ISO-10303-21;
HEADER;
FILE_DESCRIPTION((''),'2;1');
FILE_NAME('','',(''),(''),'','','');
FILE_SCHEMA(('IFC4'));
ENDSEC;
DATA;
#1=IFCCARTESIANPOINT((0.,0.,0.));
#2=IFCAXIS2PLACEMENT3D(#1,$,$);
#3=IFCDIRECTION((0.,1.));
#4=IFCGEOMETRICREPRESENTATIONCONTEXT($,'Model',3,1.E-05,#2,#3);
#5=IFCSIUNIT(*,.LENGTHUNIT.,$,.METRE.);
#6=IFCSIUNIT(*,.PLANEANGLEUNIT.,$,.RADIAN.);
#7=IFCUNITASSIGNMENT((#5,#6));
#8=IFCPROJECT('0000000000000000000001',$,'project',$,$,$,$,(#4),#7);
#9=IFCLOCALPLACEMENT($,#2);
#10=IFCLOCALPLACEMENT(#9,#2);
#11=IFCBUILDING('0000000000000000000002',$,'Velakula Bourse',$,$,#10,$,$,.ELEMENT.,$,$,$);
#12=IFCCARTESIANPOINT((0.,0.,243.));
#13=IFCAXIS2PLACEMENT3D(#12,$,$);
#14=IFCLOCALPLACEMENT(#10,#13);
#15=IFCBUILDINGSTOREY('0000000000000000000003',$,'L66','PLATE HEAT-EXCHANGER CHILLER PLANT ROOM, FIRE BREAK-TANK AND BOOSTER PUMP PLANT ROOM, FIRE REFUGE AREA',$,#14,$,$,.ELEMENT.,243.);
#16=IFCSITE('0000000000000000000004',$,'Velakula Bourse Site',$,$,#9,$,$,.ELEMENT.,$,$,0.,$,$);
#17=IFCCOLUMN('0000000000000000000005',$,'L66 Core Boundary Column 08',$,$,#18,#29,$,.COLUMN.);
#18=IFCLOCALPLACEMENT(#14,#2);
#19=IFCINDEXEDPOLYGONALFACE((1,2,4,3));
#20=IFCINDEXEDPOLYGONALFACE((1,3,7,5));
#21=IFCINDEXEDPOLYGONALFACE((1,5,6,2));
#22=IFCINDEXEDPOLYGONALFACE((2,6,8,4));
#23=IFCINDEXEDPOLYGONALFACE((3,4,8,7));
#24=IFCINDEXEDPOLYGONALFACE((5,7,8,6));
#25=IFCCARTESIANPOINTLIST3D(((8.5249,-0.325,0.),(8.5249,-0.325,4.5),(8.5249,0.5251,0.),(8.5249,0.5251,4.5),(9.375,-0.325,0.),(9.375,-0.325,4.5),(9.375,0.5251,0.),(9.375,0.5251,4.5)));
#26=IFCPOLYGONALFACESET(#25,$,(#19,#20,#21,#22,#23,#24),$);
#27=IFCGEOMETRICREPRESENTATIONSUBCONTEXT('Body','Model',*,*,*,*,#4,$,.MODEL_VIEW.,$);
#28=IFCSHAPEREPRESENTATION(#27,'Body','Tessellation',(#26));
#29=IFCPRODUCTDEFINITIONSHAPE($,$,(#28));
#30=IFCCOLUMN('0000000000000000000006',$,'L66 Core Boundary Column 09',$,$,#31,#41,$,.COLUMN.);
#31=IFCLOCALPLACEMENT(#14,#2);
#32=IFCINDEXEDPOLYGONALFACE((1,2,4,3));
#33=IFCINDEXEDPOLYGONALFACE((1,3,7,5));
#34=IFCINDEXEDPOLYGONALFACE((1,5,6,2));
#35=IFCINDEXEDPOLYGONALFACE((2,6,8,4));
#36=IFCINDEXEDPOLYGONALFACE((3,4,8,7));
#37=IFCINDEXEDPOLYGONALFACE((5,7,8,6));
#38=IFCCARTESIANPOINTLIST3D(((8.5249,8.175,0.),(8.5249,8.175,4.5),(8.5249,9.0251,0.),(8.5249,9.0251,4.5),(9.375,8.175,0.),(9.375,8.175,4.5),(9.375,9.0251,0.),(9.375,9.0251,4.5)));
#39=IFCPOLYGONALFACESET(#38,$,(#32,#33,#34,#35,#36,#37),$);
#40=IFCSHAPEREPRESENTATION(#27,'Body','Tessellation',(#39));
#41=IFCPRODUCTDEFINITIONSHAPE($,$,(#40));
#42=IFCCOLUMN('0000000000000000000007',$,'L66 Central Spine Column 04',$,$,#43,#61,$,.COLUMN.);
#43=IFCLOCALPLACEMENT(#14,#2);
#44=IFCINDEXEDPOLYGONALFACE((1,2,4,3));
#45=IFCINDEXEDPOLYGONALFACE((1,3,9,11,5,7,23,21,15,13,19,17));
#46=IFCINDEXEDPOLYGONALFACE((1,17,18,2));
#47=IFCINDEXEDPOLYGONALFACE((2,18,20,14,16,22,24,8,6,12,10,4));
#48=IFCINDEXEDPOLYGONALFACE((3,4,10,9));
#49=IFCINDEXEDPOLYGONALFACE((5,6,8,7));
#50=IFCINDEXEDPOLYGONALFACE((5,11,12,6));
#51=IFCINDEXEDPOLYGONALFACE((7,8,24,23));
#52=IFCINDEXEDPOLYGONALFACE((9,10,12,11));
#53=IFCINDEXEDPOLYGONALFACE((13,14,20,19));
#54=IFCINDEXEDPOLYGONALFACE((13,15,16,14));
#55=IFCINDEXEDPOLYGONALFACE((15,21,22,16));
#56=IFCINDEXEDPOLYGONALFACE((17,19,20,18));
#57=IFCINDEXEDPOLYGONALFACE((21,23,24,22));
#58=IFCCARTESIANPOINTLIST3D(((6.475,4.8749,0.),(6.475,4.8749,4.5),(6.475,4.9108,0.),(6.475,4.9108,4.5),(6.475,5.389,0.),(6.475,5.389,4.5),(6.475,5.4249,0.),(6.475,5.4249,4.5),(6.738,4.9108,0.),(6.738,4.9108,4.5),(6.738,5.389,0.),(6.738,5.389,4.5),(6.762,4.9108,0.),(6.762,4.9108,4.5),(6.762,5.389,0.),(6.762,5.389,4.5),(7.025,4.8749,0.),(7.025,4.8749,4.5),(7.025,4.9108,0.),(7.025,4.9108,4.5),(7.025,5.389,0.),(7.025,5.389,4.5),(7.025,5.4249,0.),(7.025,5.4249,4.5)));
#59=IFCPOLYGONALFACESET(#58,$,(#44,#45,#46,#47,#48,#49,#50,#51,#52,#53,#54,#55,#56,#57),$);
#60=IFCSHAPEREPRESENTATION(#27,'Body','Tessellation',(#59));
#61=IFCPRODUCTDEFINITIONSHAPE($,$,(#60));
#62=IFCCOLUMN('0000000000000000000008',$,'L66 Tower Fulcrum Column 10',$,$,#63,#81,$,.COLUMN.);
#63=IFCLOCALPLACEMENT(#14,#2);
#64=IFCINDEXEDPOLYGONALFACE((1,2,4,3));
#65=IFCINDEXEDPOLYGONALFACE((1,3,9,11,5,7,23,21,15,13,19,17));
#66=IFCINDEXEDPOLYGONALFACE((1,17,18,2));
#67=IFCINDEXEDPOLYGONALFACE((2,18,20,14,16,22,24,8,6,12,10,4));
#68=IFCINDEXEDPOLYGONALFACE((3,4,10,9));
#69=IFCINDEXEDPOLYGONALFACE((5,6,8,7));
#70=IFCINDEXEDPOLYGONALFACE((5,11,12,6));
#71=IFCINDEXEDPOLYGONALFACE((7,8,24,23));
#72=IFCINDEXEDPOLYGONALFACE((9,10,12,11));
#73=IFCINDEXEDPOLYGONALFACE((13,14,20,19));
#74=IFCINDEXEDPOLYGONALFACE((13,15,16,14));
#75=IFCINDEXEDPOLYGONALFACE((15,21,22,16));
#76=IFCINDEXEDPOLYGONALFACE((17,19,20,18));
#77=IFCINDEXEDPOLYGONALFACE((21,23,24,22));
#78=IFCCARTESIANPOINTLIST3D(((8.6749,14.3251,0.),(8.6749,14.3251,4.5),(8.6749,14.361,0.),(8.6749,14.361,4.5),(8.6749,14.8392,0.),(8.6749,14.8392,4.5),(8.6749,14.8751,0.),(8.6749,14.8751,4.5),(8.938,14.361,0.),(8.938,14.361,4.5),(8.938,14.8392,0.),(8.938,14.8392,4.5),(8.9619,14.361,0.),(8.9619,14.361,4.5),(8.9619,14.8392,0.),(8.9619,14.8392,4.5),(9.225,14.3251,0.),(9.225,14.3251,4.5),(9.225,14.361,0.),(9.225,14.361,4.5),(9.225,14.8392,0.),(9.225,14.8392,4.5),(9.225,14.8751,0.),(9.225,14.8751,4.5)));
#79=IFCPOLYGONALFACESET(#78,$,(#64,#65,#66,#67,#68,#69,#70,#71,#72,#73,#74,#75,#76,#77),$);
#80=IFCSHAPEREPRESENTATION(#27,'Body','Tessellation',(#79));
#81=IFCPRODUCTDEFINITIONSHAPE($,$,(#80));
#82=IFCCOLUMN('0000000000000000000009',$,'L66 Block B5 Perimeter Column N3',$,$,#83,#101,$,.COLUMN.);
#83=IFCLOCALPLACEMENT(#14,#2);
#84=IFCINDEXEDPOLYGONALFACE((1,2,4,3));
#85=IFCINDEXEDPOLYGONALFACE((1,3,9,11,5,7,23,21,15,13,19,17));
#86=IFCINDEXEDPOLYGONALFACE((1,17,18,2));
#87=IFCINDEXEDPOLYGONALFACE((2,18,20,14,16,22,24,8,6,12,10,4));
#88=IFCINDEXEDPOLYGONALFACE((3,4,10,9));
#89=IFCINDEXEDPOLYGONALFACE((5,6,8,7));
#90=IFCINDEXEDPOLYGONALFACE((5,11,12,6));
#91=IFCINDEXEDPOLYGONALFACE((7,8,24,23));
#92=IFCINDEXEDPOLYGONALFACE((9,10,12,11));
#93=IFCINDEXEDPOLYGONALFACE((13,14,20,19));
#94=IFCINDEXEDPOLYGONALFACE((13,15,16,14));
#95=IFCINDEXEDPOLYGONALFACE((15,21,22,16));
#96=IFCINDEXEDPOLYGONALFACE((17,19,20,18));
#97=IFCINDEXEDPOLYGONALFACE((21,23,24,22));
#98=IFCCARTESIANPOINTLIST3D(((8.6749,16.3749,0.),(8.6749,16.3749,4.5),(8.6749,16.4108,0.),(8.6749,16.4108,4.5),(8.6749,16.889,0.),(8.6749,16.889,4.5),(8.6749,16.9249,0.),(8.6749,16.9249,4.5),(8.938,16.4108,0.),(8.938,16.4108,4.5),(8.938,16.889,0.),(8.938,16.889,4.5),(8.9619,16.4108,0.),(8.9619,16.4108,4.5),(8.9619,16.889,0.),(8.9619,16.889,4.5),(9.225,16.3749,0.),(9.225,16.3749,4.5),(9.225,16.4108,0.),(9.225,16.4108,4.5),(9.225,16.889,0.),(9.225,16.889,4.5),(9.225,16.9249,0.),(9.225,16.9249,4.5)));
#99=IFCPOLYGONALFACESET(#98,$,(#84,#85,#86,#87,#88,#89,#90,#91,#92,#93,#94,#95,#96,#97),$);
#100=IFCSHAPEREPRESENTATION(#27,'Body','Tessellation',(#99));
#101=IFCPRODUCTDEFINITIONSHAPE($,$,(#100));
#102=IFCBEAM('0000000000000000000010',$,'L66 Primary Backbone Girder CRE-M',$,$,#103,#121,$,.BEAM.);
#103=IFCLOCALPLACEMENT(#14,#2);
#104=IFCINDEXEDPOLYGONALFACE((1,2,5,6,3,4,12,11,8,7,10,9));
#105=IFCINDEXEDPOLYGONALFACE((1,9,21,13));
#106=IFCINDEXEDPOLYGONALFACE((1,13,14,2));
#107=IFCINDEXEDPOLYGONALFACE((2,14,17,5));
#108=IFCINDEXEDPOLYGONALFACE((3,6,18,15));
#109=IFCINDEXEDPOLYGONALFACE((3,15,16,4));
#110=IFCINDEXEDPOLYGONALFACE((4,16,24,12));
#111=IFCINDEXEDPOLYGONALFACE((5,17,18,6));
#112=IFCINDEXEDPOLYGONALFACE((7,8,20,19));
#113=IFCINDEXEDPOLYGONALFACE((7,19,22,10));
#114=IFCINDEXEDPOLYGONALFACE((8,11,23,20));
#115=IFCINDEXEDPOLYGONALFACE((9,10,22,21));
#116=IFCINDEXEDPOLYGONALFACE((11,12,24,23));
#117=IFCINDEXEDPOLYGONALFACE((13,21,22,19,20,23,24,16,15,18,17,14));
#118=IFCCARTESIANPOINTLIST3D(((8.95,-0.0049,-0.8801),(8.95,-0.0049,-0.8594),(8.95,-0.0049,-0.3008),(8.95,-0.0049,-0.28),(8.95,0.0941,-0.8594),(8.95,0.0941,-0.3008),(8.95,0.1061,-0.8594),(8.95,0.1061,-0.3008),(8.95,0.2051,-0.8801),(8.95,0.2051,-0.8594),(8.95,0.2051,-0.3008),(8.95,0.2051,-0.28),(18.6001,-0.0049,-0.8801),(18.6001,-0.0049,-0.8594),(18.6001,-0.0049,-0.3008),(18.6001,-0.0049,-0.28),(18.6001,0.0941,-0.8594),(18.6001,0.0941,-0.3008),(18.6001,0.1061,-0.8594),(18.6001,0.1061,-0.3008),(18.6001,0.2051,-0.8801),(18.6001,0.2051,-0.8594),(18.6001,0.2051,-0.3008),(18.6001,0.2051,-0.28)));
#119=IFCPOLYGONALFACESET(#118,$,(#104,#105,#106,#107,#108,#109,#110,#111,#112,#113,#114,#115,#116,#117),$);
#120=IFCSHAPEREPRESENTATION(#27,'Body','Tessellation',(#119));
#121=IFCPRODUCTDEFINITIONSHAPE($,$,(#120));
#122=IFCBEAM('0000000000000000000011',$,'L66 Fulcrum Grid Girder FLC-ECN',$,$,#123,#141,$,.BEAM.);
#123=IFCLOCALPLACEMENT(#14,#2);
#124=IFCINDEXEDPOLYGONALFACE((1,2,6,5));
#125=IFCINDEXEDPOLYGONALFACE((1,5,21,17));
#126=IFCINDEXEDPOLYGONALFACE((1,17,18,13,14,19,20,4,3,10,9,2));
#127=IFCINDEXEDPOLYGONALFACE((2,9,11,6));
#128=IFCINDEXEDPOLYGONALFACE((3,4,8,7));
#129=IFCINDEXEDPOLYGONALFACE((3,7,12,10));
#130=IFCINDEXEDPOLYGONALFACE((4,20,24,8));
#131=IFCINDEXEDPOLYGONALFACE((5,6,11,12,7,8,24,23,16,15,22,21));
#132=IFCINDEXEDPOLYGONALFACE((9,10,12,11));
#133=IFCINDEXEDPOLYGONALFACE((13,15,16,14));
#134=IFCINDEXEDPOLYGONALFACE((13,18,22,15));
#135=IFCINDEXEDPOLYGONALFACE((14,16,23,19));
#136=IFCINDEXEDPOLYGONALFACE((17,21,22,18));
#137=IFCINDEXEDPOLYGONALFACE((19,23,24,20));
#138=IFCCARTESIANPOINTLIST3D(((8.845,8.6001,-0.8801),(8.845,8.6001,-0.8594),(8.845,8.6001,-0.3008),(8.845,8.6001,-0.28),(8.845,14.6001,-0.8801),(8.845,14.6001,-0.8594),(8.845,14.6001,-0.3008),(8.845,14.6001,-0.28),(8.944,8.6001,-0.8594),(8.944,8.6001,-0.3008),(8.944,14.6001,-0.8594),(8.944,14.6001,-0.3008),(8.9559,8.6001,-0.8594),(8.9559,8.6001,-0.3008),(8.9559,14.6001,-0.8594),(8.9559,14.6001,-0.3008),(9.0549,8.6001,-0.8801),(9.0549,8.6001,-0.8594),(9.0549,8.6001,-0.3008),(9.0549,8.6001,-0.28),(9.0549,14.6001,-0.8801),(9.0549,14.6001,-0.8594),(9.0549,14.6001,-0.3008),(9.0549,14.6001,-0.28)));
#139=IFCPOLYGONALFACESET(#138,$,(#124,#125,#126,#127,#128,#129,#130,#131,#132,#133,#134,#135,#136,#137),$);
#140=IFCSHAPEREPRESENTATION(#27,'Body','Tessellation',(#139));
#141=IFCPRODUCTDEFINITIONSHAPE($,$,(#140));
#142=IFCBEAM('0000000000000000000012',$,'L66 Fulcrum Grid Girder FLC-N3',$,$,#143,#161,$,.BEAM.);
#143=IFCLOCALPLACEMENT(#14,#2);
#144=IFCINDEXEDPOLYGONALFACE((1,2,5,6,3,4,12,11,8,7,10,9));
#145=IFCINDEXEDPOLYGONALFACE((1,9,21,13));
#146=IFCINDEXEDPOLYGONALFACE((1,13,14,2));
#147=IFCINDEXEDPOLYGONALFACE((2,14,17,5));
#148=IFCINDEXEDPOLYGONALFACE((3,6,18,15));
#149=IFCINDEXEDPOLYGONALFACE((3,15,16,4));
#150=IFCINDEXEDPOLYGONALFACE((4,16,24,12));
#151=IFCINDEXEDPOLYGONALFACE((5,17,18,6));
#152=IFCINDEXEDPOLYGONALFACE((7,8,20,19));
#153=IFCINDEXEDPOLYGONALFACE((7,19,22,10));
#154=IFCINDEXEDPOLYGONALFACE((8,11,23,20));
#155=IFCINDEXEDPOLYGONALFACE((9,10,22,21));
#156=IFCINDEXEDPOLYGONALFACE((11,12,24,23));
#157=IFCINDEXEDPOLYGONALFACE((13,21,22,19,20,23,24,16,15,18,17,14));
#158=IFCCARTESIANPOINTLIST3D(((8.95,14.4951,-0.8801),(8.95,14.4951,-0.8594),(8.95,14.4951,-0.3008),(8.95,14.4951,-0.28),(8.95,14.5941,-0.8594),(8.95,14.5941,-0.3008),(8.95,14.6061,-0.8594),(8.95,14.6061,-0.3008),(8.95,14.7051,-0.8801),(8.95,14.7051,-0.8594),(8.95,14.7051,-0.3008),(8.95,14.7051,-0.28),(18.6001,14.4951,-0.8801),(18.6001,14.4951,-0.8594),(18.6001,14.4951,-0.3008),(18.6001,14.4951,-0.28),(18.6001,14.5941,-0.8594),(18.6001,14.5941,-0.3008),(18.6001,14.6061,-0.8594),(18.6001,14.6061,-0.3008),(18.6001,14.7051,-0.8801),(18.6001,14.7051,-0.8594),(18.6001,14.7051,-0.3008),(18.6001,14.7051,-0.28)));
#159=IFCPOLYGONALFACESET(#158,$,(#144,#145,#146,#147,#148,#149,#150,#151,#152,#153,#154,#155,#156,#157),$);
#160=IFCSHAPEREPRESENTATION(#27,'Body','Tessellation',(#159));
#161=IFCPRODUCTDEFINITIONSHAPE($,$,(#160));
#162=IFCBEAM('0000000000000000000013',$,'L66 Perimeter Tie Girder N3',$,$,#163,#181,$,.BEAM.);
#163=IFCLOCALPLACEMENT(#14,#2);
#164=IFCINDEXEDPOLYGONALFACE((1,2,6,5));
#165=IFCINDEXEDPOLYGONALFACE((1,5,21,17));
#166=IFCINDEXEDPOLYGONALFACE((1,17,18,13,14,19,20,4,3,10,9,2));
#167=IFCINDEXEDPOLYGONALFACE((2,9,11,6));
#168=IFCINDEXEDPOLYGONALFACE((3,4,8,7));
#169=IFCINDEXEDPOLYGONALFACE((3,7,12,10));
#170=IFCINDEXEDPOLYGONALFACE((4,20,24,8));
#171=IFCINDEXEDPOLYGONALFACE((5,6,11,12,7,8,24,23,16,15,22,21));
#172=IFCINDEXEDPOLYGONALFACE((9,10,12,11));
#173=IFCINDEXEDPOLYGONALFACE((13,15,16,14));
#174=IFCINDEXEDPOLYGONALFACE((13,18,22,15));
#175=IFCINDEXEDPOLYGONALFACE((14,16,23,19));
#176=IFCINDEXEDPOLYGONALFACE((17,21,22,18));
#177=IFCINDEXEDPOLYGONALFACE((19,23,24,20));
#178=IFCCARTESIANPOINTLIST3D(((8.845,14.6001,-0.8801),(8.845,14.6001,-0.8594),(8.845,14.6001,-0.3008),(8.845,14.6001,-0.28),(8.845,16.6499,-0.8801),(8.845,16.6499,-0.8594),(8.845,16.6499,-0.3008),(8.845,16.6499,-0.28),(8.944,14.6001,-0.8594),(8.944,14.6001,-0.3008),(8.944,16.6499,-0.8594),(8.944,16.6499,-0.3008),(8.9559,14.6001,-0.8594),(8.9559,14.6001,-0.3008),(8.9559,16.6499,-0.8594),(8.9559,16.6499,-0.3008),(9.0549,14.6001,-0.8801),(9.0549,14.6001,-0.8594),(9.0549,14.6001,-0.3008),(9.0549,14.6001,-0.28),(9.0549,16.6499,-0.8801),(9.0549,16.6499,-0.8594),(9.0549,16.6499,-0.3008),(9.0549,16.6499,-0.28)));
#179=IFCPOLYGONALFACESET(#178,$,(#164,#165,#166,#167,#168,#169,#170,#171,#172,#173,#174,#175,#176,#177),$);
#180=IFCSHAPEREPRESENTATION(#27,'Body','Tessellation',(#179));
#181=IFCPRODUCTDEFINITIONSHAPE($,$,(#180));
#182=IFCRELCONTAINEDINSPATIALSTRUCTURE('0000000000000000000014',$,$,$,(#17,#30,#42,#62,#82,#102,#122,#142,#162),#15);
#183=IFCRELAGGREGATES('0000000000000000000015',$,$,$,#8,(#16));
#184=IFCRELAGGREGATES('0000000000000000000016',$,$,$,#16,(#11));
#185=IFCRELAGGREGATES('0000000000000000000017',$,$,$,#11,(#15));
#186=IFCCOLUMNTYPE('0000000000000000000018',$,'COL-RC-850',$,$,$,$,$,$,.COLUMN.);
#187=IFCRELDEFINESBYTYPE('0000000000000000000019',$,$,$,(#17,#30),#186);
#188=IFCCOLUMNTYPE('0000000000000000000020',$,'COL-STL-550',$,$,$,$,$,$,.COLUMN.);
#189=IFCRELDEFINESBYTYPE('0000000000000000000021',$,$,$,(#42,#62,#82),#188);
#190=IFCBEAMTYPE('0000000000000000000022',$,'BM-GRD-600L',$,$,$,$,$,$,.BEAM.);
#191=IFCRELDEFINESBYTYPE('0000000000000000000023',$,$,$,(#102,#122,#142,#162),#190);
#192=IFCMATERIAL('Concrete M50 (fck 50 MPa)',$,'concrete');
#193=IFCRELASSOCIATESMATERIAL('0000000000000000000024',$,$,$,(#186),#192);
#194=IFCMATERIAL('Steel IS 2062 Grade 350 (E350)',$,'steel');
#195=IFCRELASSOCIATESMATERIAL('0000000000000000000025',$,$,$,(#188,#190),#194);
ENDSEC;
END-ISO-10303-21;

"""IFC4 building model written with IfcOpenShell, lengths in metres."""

from ifc_helpers import new_model, si_unit, direction, frame, origin, origin_2d, place, context, subcontext, project, spatial, rectangle, i_section, extrude, material, material_profile, profile_set, type_object, element, save


model = new_model("IFC4")

# Units and contexts
model_context = context("Model", 3, precision=1e-05, world=origin(), true_north=direction((0.0, 1.0)))
body_context = subcontext(model_context, "Body", "Model", "MODEL_VIEW")
ifc_project = project(units=[si_unit("LENGTHUNIT", "METRE"), si_unit("PLANEANGLEUNIT", "RADIAN")], contexts=[model_context])

# Site, building, storey
site_placement = place(None, origin())
site = spatial("IfcSite", under=ifc_project, at=site_placement, Name="Velakula Bourse Site", CompositionType="ELEMENT", RefElevation=0.0)
building_placement = place(site_placement, origin())
building = spatial("IfcBuilding", under=site, at=building_placement, Name="Velakula Bourse", CompositionType="ELEMENT")
storey_placement = place(building_placement, frame((0.0, 0.0, 243.0)))
storey = spatial("IfcBuildingStorey", under=building, at=storey_placement, Name="L66", Description="PLATE HEAT-EXCHANGER CHILLER PLANT ROOM, FIRE BREAK-TANK AND BOOSTER PUMP PLANT ROOM, FIRE REFUGE AREA", CompositionType="ELEMENT", Elevation=243.0)

# Columns
ifc_material_1 = material(Name="Concrete M50 (fck 50 MPa)", Category="concrete")
ifc_material_profile_1 = material_profile(ifc_material_1, rectangle(XDim=0.8501, YDim=0.8501, at=origin_2d()), Name="Concrete M50 (fck 50 MPa)")
ifc_profile_set_1 = profile_set([ifc_material_profile_1], Name="Concrete M50 (fck 50 MPa)")
column_type_1 = type_object("IfcColumnType", Name="COL-RC-850", PredefinedType="COLUMN", material=ifc_profile_set_1)
for number, where, z_axis, x_axis, name in (
    (1, (8.95, 0.1001, 0.0), (0.0, 0.0, 1.0), (1.0, 0.0, 0.0), "L66 Core Boundary Column 08"),
    (2, (8.95, 8.6001, 0.0), (0.0, 0.0, 1.0), (1.0, 0.0, 0.0), "L66 Core Boundary Column 09"),
):
    element("IfcColumn", number, at=place(storey_placement, frame(where, z_axis=z_axis, x_axis=x_axis)), inside=storey, type_object=column_type_1, Name=name, PredefinedType="COLUMN", context=body_context, shape_type="SweptSolid", body=[
        extrude(rectangle(XDim=0.8501, YDim=0.8501, at=origin_2d()), origin(), (0.0, 0.0, 1.0), 4.5),
    ])
ifc_material_2 = material(Name="Steel IS 2062 Grade 350 (E350)", Category="steel")
ifc_material_profile_2 = material_profile(ifc_material_2, i_section(OverallWidth=0.55, OverallDepth=0.55, WebThickness=0.0239, FlangeThickness=0.0359, at=origin_2d()), Name="Steel IS 2062 Grade 350 (E350)")
ifc_profile_set_2 = profile_set([ifc_material_profile_2], Name="Steel IS 2062 Grade 350 (E350)")
column_type_2 = type_object("IfcColumnType", Name="COL-STL-550", PredefinedType="COLUMN", material=ifc_profile_set_2)
for number, where, z_axis, x_axis, name in (
    (3, (6.75, 5.1499, 0.0), (0.0, 0.0, 1.0), (1.0, 0.0, 0.0), "L66 Central Spine Column 04"),
    (4, (8.95, 14.6001, 0.0), (0.0, 0.0, 1.0), (1.0, 0.0, 0.0), "L66 Tower Fulcrum Column 10"),
    (5, (8.95, 16.6499, 0.0), (0.0, 0.0, 1.0), (1.0, 0.0, 0.0), "L66 Block B5 Perimeter Column N3"),
):
    element("IfcColumn", number, at=place(storey_placement, frame(where, z_axis=z_axis, x_axis=x_axis)), inside=storey, type_object=column_type_2, Name=name, PredefinedType="COLUMN", context=body_context, shape_type="SweptSolid", body=[
        extrude(i_section(OverallWidth=0.55, OverallDepth=0.55, WebThickness=0.0239, FlangeThickness=0.0359, at=origin_2d()), origin(), (0.0, 0.0, 1.0), 4.5),
    ])

# Beams
ifc_material_profile_3 = material_profile(ifc_material_2, i_section(OverallWidth=0.21, OverallDepth=0.6001, WebThickness=0.012, FlangeThickness=0.0208, at=origin_2d()), Name="Steel IS 2062 Grade 350 (E350)")
ifc_profile_set_3 = profile_set([ifc_material_profile_3], Name="Steel IS 2062 Grade 350 (E350)")
beam_type_1 = type_object("IfcBeamType", Name="BM-GRD-600L", PredefinedType="BEAM", material=ifc_profile_set_3)
beam_1_placement = place(storey_placement, frame((8.95, 0.1001, -0.5801), z_axis=(1.0, 0.0, 0.0), x_axis=(0.0, 1.0, 0.0)))
element("IfcBeam", 6, at=beam_1_placement, inside=storey, type_object=beam_type_1, Name="L66 Primary Backbone Girder CRE-M", PredefinedType="BEAM", context=body_context, shape_type="SweptSolid", body=[
    extrude(i_section(OverallWidth=0.21, OverallDepth=0.6001, WebThickness=0.012, FlangeThickness=0.0208, at=origin_2d()), origin(), (0.0, 0.0, 1.0), 9.6501),
])
beam_2_placement = place(storey_placement, frame((8.95, 8.6001, -0.5801), z_axis=(0.0, 1.0, 0.0), x_axis=(-1.0, 0.0, 0.0)))
element("IfcBeam", 7, at=beam_2_placement, inside=storey, type_object=beam_type_1, Name="L66 Fulcrum Grid Girder FLC-ECN", PredefinedType="BEAM", context=body_context, shape_type="SweptSolid", body=[
    extrude(i_section(OverallWidth=0.21, OverallDepth=0.6001, WebThickness=0.012, FlangeThickness=0.0208, at=origin_2d()), origin(), (0.0, 0.0, 1.0), 6.0),
])
beam_3_placement = place(storey_placement, frame((8.95, 14.6001, -0.5801), z_axis=(1.0, 0.0, 0.0), x_axis=(0.0, 1.0, 0.0)))
element("IfcBeam", 8, at=beam_3_placement, inside=storey, type_object=beam_type_1, Name="L66 Fulcrum Grid Girder FLC-N3", PredefinedType="BEAM", context=body_context, shape_type="SweptSolid", body=[
    extrude(i_section(OverallWidth=0.21, OverallDepth=0.6001, WebThickness=0.012, FlangeThickness=0.0208, at=origin_2d()), origin(), (0.0, 0.0, 1.0), 9.6501),
])
beam_4_placement = place(storey_placement, frame((8.95, 14.6001, -0.5801), z_axis=(0.0, 1.0, 0.0), x_axis=(-1.0, 0.0, 0.0)))
element("IfcBeam", 9, at=beam_4_placement, inside=storey, type_object=beam_type_1, Name="L66 Perimeter Tie Girder N3", PredefinedType="BEAM", context=body_context, shape_type="SweptSolid", body=[
    extrude(i_section(OverallWidth=0.21, OverallDepth=0.6001, WebThickness=0.012, FlangeThickness=0.0208, at=origin_2d()), origin(), (0.0, 0.0, 1.0), 2.0498),
])

save(model, "model.ifc")
